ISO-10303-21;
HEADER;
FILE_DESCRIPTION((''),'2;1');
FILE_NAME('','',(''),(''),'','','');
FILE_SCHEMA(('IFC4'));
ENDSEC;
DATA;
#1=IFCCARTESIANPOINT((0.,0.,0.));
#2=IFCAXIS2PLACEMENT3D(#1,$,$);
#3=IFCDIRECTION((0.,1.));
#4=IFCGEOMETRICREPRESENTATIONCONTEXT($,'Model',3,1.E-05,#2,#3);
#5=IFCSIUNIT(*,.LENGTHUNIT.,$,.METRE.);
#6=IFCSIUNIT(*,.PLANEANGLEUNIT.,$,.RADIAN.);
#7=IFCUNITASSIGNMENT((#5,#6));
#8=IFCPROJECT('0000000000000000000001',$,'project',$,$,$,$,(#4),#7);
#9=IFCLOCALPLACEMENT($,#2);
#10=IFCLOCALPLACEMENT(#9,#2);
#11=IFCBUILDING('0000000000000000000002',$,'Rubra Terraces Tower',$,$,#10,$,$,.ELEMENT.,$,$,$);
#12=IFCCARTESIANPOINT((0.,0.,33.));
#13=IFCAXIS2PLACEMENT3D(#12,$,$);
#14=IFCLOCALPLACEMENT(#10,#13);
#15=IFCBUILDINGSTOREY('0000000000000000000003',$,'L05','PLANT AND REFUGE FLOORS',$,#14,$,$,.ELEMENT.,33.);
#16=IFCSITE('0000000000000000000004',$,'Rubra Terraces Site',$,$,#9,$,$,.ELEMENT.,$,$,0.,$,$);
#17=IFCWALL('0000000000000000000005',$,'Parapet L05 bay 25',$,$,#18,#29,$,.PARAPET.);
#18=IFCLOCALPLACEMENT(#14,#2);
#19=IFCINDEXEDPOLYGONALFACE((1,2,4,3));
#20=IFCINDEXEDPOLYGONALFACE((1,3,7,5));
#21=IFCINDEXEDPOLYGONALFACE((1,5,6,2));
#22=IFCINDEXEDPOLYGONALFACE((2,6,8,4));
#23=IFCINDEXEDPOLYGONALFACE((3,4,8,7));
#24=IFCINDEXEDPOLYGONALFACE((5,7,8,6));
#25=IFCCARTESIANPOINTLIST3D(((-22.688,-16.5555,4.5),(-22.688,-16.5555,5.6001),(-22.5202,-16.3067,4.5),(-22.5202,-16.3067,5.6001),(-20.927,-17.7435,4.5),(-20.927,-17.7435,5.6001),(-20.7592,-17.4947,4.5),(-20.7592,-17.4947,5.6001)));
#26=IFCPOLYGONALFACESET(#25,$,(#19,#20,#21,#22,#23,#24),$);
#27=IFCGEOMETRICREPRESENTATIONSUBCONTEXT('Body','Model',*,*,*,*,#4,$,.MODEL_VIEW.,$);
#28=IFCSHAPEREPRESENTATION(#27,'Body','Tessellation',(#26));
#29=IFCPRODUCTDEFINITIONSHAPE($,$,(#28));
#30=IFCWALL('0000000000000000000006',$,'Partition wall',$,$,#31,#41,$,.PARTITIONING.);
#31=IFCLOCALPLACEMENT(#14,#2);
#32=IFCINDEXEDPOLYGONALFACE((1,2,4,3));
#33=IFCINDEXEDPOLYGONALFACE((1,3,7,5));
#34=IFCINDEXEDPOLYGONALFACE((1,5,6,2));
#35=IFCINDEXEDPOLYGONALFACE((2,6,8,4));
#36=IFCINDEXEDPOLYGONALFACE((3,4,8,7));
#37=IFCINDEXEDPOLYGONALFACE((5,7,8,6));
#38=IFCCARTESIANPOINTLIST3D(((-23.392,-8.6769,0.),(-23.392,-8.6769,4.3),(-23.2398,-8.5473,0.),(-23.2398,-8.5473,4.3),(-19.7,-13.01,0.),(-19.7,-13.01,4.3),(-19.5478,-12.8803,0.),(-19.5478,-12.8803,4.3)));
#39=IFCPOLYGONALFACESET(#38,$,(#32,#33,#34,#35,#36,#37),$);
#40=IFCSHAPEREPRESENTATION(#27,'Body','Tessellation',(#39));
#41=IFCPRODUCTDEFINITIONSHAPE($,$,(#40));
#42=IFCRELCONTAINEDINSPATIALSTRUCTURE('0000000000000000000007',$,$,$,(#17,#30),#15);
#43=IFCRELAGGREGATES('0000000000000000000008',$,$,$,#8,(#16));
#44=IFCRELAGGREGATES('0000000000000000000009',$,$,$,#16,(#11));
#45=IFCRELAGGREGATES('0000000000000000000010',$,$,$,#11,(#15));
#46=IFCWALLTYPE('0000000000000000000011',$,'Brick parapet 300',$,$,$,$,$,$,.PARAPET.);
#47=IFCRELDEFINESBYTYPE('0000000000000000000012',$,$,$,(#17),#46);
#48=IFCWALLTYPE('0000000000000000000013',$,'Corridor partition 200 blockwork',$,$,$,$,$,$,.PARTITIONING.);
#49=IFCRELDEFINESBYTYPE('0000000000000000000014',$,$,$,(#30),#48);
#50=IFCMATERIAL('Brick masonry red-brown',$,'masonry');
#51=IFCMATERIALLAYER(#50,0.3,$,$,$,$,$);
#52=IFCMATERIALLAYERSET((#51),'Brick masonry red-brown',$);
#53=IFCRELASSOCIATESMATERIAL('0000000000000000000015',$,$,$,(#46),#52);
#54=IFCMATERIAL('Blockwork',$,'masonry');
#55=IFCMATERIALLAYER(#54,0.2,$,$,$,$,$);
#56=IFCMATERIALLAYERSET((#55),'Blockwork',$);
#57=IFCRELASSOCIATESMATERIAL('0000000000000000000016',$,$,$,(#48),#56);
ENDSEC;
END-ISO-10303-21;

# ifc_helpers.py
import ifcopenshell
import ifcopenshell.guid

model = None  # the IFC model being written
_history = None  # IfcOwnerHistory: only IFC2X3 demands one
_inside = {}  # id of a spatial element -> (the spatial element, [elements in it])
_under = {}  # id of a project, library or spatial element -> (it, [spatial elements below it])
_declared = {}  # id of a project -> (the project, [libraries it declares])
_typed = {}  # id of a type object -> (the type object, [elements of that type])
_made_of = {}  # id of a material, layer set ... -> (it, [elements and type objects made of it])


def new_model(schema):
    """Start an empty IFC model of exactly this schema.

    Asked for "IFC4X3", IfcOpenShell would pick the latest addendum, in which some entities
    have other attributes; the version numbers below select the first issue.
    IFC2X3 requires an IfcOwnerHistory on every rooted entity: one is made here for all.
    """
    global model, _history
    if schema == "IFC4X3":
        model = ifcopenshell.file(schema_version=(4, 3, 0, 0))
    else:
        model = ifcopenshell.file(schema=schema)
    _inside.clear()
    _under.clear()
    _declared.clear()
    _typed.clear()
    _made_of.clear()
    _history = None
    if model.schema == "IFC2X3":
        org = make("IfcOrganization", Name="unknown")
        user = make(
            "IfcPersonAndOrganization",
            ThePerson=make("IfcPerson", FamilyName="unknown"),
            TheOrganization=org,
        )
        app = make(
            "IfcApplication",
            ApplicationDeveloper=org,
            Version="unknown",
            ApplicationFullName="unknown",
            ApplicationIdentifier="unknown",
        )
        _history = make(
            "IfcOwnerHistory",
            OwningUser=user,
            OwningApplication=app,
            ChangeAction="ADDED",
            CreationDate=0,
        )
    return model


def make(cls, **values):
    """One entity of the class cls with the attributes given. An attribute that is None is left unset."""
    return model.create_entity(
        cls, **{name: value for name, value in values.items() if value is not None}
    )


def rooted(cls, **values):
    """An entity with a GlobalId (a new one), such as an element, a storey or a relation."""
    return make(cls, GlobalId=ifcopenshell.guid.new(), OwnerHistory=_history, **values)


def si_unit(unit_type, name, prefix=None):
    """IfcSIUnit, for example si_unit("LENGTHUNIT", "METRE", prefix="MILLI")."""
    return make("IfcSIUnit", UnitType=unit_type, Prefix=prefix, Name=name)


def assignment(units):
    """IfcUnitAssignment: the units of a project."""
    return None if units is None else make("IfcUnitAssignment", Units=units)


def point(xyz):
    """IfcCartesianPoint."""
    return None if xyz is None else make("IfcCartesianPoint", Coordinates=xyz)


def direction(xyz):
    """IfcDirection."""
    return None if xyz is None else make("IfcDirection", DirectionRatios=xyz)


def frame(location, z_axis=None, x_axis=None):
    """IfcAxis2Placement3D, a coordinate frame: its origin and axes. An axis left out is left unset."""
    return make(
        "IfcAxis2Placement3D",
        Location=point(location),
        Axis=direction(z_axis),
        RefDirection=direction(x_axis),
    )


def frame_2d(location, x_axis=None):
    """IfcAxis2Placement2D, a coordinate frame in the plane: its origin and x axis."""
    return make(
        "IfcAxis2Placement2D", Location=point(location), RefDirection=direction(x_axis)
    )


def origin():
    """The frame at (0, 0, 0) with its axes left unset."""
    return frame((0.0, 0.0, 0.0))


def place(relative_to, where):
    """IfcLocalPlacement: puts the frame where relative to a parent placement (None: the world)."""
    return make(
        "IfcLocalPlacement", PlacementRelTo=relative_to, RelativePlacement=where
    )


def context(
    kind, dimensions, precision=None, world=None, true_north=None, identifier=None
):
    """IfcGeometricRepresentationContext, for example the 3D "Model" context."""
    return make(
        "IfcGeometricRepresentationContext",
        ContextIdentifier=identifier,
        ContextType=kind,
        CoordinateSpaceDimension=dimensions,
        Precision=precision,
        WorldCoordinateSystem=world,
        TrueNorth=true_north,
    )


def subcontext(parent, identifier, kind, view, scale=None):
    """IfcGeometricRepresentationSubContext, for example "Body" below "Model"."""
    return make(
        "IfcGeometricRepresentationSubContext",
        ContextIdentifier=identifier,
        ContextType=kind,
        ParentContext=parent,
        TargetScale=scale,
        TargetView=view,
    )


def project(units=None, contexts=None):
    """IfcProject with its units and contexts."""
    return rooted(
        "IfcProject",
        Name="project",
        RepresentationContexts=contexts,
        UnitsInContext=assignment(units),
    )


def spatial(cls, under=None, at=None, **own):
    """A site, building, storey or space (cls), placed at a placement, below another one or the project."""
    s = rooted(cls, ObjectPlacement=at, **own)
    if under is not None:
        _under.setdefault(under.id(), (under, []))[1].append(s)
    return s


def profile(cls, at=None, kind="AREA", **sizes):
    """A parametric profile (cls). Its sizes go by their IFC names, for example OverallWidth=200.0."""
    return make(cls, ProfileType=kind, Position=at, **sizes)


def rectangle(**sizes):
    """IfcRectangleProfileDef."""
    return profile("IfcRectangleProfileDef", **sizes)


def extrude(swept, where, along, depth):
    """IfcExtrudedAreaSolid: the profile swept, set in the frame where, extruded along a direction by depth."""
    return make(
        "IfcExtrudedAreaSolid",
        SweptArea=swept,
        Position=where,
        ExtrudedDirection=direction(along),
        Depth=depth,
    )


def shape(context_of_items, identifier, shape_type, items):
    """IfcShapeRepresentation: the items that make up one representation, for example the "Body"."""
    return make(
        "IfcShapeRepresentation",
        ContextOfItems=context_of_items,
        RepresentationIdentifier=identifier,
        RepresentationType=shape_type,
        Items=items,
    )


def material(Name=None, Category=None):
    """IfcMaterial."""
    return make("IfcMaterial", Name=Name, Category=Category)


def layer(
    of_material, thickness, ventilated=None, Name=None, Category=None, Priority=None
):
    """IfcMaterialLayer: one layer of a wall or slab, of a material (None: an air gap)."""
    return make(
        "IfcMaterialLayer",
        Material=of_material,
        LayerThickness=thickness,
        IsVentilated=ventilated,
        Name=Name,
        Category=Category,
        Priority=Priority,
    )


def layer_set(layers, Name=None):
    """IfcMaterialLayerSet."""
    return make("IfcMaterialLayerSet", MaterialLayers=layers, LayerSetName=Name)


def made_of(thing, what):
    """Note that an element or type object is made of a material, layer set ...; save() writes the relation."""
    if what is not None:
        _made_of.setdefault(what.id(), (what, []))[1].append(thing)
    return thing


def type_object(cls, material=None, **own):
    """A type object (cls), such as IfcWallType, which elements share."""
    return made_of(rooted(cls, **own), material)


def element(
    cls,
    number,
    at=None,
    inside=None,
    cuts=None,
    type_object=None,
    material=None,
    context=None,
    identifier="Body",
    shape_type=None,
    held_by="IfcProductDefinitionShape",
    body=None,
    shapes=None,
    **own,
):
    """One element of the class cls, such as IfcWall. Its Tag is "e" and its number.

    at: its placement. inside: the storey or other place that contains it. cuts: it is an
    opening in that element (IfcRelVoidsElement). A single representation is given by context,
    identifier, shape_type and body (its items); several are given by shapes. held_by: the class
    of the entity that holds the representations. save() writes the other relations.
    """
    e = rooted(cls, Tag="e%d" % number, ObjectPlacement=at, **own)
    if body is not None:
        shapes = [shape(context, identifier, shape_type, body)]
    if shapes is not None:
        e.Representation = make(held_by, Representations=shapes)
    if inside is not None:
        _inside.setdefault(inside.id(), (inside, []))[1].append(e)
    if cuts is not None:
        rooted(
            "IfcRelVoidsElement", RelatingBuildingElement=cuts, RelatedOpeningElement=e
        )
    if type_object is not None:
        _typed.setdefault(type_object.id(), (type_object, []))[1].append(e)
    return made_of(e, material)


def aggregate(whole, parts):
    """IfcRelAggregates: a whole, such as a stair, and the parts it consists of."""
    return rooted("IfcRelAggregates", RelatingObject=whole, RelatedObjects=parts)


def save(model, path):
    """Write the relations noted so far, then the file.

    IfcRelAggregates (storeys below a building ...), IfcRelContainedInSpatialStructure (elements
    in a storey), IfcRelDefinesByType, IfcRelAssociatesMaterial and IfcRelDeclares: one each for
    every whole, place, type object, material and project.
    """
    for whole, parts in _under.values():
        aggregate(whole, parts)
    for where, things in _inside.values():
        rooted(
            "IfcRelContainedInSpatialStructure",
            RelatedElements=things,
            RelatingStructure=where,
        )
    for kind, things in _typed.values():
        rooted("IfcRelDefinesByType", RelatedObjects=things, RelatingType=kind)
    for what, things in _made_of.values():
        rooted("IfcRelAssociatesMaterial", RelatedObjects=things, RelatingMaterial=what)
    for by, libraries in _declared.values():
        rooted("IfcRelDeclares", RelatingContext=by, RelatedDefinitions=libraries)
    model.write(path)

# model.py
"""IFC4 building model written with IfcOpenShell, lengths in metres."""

from ifc_helpers import new_model, si_unit, direction, frame, frame_2d, origin, place, context, subcontext, project, spatial, rectangle, extrude, material, layer, layer_set, type_object, element, save


model = new_model("IFC4")

# Units and contexts
model_context = context("Model", 3, precision=1e-05, world=origin(), true_north=direction((0.0, 1.0)))
body_context = subcontext(model_context, "Body", "Model", "MODEL_VIEW")
ifc_project = project(units=[si_unit("LENGTHUNIT", "METRE"), si_unit("PLANEANGLEUNIT", "RADIAN")], contexts=[model_context])

# Site, building, storey
site_placement = place(None, origin())
site = spatial("IfcSite", under=ifc_project, at=site_placement, Name="Rubra Terraces Site", CompositionType="ELEMENT", RefElevation=0.0)
building_placement = place(site_placement, origin())
building = spatial("IfcBuilding", under=site, at=building_placement, Name="Rubra Terraces Tower", CompositionType="ELEMENT")
storey_placement = place(building_placement, frame((0.0, 0.0, 33.0)))
storey = spatial("IfcBuildingStorey", under=building, at=storey_placement, Name="L05", Description="PLANT AND REFUGE FLOORS", CompositionType="ELEMENT", Elevation=33.0)

# Shared definitions
ifc_material_1 = material(Name="Brick masonry red-brown", Category="masonry")

# Walls
ifc_layer_1 = layer(ifc_material_1, 0.3)
ifc_layer_set_1 = layer_set([ifc_layer_1], Name="Brick masonry red-brown")
wall_type_1 = type_object("IfcWallType", Name="Brick parapet 300", PredefinedType="PARAPET", material=ifc_layer_set_1)
wall_1_placement = place(storey_placement, frame((-22.604, -16.4312, 4.5), z_axis=(0.0, 0.0, 1.0), x_axis=(0.828997, -0.559254, 0.0)))
element("IfcWall", 1, at=wall_1_placement, inside=storey, type_object=wall_type_1, Name="Parapet L05 bay 25", PredefinedType="PARAPET", context=body_context, shape_type="SweptSolid", body=[
    extrude(rectangle(XDim=2.1243, YDim=0.3, at=frame_2d((1.062, 0.0))), origin(), (0.0, 0.0, 1.0), 1.1001),
])
ifc_material_2 = material(Name="Blockwork", Category="masonry")
ifc_layer_2 = layer(ifc_material_2, 0.2)
ifc_layer_set_2 = layer_set([ifc_layer_2], Name="Blockwork")
wall_type_2 = type_object("IfcWallType", Name="Corridor partition 200 blockwork", PredefinedType="PARTITIONING", material=ifc_layer_set_2)
wall_2_placement = place(storey_placement, frame((-19.624, -12.9451, 0.0), z_axis=(0.0, 0.0, 1.0), x_axis=(-0.648549, 0.761173, 0.0)))
element("IfcWall", 2, at=wall_2_placement, inside=storey, type_object=wall_type_2, Name="Partition wall", PredefinedType="PARTITIONING", context=body_context, shape_type="SweptSolid", body=[
    extrude(rectangle(XDim=5.6926, YDim=0.2, at=frame_2d((2.8462, 0.0))), origin(), (0.0, 0.0, 1.0), 4.3),
])

save(model, "model.ifc")
